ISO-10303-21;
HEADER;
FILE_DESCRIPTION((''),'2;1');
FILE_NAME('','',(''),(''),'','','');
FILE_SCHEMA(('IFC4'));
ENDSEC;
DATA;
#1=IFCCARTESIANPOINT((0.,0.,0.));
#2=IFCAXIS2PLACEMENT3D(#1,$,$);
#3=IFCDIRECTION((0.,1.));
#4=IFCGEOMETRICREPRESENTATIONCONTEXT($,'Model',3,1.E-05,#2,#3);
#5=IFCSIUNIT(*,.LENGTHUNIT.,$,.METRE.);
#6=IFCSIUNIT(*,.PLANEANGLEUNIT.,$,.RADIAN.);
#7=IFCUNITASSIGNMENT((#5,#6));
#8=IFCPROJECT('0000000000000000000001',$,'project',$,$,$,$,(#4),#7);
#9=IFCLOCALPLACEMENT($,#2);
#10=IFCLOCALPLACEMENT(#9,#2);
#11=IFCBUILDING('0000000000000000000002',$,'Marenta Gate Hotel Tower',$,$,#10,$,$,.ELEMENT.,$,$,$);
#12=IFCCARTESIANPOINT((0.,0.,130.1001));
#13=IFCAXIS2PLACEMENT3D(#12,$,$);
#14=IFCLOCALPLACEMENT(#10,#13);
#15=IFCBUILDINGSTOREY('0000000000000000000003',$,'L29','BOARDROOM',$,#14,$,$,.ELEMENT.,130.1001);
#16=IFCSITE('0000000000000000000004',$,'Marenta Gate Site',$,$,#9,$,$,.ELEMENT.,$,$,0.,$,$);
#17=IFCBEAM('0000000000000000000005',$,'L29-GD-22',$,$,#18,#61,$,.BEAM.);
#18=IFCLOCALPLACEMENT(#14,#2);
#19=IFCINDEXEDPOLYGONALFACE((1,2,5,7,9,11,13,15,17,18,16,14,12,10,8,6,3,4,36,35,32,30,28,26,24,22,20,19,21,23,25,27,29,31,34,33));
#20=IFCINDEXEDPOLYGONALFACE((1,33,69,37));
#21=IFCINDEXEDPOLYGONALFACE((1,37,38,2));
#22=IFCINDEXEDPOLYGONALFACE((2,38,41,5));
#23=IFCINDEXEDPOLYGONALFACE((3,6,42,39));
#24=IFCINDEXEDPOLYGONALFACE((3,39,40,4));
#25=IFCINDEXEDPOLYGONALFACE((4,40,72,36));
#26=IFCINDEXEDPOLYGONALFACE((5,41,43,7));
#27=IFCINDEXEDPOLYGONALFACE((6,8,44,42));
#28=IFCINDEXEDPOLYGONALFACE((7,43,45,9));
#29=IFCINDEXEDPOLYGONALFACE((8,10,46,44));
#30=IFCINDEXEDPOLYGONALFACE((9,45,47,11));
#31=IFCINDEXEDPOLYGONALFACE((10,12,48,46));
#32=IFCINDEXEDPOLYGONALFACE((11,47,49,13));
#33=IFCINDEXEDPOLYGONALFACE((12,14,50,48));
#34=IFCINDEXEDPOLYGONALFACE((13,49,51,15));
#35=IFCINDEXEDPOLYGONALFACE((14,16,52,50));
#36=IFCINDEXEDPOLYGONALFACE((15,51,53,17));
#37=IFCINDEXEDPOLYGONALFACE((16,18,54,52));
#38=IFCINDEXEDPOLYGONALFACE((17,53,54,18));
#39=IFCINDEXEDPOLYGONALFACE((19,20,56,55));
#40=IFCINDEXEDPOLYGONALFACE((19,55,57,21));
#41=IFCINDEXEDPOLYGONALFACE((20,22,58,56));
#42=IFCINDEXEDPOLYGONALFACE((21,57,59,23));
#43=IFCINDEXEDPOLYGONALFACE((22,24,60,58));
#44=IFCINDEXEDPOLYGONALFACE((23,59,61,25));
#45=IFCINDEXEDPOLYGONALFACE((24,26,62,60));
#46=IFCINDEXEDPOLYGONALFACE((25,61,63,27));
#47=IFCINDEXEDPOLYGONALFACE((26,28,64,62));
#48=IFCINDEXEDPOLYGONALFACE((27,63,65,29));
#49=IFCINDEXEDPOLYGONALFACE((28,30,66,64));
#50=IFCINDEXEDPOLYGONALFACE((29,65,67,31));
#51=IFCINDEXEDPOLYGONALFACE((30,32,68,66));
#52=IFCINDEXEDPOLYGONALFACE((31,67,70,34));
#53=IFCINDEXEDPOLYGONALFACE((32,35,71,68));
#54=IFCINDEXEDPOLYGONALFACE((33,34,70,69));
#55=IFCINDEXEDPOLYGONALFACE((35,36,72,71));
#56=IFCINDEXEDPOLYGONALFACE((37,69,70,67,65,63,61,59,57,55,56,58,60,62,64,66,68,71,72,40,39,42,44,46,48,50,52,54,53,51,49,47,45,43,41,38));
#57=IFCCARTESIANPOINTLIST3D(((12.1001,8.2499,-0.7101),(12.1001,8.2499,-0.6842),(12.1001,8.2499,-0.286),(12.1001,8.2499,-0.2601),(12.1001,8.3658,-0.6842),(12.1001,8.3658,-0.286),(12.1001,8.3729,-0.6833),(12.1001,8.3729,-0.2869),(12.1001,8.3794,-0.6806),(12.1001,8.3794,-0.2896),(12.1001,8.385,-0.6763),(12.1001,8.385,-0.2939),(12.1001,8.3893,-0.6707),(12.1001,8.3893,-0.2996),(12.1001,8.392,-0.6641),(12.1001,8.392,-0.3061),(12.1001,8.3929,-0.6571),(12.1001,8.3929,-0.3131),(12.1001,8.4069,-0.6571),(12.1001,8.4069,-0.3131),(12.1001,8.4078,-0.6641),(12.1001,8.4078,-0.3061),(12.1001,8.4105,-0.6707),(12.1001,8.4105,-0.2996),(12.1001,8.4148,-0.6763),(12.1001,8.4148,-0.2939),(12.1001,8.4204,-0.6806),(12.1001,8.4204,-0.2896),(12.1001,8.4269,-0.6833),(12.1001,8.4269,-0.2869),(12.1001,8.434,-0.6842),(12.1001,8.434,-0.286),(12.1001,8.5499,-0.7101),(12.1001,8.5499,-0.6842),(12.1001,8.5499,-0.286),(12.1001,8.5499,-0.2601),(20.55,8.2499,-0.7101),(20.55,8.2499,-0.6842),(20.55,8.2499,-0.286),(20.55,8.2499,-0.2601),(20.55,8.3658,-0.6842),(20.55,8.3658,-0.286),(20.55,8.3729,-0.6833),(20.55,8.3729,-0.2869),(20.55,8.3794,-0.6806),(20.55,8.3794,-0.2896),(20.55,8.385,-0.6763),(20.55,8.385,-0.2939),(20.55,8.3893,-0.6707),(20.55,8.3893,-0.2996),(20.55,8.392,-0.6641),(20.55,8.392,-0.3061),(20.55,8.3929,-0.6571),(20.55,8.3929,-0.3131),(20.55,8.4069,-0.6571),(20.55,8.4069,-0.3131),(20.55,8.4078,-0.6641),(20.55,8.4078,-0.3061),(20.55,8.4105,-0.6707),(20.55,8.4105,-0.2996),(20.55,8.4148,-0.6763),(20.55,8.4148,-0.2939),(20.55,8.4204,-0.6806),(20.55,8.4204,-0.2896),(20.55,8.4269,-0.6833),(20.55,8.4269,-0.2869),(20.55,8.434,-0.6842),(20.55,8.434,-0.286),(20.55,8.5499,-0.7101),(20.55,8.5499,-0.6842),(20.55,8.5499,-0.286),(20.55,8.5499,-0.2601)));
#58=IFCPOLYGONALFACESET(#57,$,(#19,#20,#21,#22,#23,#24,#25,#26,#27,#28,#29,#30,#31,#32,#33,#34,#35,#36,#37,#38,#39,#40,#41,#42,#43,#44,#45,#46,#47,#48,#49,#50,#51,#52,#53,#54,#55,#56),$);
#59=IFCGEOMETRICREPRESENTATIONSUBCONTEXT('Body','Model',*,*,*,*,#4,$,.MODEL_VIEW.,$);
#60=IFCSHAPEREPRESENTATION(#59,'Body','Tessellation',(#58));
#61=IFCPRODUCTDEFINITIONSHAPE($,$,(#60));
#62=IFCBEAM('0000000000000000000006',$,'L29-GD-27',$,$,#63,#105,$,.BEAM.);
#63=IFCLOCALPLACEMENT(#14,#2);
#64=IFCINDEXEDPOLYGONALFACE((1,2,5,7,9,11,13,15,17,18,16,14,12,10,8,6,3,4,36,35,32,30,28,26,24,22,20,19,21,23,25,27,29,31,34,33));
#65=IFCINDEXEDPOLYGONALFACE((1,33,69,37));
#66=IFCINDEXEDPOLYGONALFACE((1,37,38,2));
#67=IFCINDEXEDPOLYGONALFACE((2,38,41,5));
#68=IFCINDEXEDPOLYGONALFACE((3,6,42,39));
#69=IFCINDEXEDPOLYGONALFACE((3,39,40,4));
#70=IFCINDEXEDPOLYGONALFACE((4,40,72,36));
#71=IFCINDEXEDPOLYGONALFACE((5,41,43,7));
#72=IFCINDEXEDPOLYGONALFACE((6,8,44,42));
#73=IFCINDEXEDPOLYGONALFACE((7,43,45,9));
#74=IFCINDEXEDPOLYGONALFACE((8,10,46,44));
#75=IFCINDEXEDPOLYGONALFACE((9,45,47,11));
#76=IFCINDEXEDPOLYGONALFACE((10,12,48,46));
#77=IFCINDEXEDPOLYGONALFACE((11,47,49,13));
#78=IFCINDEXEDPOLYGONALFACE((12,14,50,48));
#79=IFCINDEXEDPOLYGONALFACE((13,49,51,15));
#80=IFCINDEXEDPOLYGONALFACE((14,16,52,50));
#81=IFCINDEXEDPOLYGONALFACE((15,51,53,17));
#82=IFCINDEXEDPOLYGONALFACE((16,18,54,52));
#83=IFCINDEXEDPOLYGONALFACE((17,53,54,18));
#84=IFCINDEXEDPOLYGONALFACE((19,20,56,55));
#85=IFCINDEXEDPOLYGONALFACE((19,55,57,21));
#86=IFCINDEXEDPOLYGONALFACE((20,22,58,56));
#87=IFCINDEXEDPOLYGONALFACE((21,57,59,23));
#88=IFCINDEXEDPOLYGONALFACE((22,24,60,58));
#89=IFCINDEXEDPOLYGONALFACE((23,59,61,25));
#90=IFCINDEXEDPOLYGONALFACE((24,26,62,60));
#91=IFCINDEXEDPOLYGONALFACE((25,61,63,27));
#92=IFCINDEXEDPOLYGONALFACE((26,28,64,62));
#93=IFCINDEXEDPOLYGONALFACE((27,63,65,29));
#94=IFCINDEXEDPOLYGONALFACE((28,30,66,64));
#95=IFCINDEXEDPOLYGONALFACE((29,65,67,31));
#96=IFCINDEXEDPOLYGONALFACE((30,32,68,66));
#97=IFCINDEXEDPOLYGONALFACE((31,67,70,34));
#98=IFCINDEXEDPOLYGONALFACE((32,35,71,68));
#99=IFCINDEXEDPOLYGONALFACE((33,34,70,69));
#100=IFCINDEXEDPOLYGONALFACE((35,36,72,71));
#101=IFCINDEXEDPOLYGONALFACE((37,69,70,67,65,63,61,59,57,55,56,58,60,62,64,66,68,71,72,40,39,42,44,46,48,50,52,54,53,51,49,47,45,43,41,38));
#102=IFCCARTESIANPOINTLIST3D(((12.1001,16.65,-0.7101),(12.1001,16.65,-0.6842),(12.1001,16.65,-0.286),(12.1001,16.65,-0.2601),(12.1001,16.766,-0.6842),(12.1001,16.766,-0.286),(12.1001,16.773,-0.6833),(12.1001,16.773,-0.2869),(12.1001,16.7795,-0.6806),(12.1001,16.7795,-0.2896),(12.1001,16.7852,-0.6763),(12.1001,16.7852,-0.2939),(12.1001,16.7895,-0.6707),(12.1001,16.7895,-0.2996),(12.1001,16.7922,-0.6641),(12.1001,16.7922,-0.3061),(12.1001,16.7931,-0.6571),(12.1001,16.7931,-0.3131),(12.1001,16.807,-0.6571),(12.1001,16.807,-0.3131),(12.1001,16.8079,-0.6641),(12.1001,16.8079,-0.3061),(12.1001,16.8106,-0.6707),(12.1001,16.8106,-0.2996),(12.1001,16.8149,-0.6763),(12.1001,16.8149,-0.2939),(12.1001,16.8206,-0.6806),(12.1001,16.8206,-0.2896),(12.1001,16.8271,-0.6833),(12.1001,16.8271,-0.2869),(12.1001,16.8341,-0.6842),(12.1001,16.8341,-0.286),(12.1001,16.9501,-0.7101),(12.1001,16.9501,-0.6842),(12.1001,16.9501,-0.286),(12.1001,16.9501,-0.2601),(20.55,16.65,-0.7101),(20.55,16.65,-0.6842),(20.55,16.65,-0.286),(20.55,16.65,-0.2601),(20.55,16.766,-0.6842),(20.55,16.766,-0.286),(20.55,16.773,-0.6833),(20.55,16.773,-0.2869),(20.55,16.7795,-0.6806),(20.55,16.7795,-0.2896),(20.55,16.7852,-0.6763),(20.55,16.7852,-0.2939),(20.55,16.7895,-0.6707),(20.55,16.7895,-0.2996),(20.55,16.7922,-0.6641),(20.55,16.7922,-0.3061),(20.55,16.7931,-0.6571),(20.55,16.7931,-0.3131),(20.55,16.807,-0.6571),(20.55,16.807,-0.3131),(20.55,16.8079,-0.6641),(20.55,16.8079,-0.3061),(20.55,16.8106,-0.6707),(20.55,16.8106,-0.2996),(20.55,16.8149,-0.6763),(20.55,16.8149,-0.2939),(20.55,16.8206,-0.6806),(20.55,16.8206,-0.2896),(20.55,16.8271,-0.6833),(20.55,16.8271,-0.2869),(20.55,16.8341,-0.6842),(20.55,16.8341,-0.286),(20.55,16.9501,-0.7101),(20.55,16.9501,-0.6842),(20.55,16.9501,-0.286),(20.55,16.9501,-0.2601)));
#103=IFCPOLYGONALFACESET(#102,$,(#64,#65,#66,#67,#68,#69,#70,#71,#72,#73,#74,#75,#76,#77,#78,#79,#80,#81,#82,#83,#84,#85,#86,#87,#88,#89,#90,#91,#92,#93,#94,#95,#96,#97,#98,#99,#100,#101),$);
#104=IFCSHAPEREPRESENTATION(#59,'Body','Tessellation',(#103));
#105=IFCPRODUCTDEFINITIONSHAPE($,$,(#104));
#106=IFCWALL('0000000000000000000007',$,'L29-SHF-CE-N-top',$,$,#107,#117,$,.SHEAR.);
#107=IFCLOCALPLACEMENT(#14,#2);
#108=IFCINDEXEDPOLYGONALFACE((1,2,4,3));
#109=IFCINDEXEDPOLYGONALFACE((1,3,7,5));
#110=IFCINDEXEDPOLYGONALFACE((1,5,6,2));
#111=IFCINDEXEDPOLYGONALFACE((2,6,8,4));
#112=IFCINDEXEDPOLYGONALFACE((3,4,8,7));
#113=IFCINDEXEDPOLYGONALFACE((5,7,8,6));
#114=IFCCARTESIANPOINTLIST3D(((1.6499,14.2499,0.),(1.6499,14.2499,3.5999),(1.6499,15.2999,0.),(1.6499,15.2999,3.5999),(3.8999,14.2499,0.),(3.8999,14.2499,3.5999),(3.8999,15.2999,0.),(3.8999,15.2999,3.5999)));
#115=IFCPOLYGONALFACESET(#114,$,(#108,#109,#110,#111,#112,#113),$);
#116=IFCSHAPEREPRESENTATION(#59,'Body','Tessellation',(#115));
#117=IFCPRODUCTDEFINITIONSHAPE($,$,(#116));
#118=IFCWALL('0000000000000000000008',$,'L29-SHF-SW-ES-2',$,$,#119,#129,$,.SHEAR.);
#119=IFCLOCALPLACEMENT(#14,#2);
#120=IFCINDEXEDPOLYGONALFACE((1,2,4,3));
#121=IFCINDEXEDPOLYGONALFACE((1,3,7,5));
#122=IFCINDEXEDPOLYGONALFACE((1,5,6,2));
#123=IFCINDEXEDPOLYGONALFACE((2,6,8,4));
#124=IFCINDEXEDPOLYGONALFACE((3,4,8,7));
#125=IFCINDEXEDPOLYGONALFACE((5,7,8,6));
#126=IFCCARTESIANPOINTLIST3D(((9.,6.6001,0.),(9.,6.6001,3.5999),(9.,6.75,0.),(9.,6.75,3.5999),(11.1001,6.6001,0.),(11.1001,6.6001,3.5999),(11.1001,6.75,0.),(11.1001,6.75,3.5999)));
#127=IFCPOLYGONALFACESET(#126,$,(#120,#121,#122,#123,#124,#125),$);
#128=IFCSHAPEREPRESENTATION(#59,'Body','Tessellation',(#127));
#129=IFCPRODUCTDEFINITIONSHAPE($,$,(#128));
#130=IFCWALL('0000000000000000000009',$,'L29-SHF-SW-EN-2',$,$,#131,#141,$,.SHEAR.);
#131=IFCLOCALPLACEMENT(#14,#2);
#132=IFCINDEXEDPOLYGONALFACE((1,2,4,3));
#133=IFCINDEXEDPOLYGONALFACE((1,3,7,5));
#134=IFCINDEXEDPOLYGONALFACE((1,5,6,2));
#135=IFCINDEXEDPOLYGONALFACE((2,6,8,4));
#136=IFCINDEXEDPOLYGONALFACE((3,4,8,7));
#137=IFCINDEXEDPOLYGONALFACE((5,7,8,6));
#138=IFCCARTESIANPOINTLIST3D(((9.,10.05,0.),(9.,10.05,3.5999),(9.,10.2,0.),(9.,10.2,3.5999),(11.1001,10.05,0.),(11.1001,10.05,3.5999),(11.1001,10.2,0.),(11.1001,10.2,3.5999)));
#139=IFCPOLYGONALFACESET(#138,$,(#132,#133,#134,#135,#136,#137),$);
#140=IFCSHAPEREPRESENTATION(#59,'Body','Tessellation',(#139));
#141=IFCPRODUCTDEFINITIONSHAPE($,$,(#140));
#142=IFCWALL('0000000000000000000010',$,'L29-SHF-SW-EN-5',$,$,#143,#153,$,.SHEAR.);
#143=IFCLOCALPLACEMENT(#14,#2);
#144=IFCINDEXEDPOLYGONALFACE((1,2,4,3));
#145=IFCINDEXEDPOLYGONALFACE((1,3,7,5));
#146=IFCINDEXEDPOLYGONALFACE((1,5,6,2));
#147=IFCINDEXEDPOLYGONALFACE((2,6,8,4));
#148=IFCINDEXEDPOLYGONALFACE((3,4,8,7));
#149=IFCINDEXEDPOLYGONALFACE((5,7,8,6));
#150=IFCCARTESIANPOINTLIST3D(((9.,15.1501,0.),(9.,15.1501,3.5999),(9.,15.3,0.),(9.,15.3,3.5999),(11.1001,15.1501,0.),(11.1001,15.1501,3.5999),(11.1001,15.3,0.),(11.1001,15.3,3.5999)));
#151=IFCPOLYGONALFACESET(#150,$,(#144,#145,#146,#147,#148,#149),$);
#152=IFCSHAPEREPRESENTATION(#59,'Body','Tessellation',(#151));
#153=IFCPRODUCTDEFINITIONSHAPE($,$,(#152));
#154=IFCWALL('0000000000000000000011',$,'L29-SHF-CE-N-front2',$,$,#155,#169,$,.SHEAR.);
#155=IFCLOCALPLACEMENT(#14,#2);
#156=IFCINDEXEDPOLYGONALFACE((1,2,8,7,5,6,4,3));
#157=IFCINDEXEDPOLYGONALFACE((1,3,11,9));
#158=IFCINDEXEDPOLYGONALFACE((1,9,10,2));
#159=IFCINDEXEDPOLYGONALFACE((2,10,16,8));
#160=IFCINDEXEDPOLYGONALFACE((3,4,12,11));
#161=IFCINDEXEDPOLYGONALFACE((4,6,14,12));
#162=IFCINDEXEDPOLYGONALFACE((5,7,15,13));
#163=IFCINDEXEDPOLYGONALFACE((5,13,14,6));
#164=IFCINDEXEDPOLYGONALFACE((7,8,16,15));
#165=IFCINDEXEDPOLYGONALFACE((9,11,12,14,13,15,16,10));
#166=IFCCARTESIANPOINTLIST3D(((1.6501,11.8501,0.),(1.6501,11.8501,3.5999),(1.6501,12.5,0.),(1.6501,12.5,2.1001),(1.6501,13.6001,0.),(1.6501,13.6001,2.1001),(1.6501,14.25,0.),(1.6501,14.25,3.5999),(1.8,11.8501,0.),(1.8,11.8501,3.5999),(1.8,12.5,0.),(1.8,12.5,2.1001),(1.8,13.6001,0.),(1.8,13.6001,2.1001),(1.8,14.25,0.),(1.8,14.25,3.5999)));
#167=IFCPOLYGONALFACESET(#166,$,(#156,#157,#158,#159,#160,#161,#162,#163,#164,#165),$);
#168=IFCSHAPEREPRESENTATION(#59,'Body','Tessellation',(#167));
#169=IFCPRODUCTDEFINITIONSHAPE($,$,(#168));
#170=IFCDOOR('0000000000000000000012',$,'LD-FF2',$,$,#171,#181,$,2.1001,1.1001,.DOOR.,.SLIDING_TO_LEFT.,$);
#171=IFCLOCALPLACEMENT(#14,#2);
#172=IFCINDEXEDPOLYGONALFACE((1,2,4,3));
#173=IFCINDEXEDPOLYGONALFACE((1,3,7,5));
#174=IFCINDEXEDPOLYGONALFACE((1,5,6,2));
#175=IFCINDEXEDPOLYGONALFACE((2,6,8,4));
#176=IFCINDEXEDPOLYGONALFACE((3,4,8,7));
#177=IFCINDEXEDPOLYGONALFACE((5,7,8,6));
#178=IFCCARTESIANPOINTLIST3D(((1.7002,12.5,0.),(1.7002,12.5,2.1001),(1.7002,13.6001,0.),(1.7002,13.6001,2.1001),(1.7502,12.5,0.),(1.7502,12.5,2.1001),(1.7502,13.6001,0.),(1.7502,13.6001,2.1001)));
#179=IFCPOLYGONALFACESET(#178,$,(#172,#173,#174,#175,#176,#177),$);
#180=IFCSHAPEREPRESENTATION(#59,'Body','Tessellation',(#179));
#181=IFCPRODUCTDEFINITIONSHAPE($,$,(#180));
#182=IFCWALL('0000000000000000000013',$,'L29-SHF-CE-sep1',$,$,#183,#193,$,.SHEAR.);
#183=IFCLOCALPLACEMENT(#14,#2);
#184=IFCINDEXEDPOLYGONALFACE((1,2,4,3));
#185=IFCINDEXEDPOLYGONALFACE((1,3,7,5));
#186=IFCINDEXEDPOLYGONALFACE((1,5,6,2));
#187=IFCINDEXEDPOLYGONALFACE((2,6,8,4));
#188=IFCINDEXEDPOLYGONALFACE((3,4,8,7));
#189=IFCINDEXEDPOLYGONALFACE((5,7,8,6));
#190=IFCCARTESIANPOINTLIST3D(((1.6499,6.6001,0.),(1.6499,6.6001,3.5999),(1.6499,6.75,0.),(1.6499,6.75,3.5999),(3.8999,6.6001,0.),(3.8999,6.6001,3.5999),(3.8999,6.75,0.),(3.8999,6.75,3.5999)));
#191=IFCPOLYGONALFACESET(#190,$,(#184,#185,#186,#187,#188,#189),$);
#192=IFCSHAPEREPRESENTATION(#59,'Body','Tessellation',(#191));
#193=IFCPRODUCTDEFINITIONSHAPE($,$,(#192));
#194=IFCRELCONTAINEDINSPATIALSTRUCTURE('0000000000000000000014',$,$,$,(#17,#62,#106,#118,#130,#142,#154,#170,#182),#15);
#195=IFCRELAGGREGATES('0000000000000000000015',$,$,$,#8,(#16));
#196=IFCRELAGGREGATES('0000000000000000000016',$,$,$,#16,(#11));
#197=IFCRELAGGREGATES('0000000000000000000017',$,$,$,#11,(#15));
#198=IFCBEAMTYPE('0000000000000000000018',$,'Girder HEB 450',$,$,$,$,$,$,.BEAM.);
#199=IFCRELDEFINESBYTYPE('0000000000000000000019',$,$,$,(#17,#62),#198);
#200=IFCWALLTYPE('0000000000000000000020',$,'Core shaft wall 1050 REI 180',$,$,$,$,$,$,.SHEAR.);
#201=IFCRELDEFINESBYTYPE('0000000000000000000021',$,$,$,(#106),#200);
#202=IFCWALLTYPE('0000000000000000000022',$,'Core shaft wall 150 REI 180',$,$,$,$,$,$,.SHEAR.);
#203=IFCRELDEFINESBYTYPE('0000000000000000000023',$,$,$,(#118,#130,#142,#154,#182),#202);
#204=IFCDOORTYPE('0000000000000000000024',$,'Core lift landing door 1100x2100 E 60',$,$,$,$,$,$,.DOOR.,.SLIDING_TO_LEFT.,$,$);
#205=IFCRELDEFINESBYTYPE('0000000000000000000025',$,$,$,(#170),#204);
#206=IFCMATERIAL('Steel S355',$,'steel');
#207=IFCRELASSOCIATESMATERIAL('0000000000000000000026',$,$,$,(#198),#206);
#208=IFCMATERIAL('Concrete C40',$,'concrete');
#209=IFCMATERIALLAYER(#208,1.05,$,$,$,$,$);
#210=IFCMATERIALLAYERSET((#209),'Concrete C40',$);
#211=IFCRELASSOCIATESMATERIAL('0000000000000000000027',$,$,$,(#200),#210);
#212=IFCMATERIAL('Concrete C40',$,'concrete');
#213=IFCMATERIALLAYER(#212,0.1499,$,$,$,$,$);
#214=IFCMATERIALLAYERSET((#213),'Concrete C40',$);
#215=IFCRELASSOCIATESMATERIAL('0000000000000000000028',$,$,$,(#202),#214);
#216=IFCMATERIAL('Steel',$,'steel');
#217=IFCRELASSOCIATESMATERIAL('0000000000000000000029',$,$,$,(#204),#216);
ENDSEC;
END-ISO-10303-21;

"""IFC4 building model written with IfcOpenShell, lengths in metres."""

from ifc_helpers import new_model, si_unit, direction, frame, frame_2d, origin, origin_2d, place, context, subcontext, project, spatial, rectangle, i_section, extrude, material, layer, layer_set, material_profile, profile_set, type_object, element, fill, save


model = new_model("IFC4")

# Units and contexts
model_context = context("Model", 3, precision=1e-05, world=origin(), true_north=direction((0.0, 1.0)))
body_context = subcontext(model_context, "Body", "Model", "MODEL_VIEW")
ifc_project = project(units=[si_unit("LENGTHUNIT", "METRE"), si_unit("PLANEANGLEUNIT", "RADIAN")], contexts=[model_context])

# Site, building, storey
site_placement = place(None, origin())
site = spatial("IfcSite", under=ifc_project, at=site_placement, Name="Marenta Gate Site", CompositionType="ELEMENT", RefElevation=0.0)
building_placement = place(site_placement, origin())
building = spatial("IfcBuilding", under=site, at=building_placement, Name="Marenta Gate Hotel Tower", CompositionType="ELEMENT")
storey_placement = place(building_placement, frame((0.0, 0.0, 130.1001)))
storey = spatial("IfcBuildingStorey", under=building, at=storey_placement, Name="L29", Description="BOARDROOM", CompositionType="ELEMENT", Elevation=130.1001)

# Beams
ifc_material_1 = material(Name="Steel S355", Category="steel")
ifc_material_profile = material_profile(ifc_material_1, i_section(OverallWidth=0.3, OverallDepth=0.45, WebThickness=0.0139, FlangeThickness=0.0259, FilletRadius=0.0271, at=origin_2d()), Name="HEB 450")
ifc_profile_set = profile_set([ifc_material_profile], Name="Steel S355")
beam_type = type_object("IfcBeamType", Name="Girder HEB 450", PredefinedType="BEAM", material=ifc_profile_set)
for number, where, z_axis, x_axis, name in (
    (1, (12.1001, 8.3999, -0.4851), (1.0, 0.0, 0.0), (0.0, 1.0, 0.0), "L29-GD-22"),
    (2, (12.1001, 16.8, -0.4851), (1.0, 0.0, 0.0), (0.0, 1.0, 0.0), "L29-GD-27"),
):
    element("IfcBeam", number, at=place(storey_placement, frame(where, z_axis=z_axis, x_axis=x_axis)), inside=storey, type_object=beam_type, Name=name, PredefinedType="BEAM", context=body_context, shape_type="SweptSolid", body=[
        extrude(i_section(OverallWidth=0.3, OverallDepth=0.45, WebThickness=0.0139, FlangeThickness=0.0259, FilletRadius=0.0271, at=origin_2d()), origin(), (0.0, 0.0, 1.0), 8.45),
    ])

# Walls
ifc_material_2 = material(Name="Concrete C40", Category="concrete")
ifc_layer_1 = layer(ifc_material_2, 1.05)
ifc_layer_set_1 = layer_set([ifc_layer_1], Name="Concrete C40")
wall_type_1 = type_object("IfcWallType", Name="Core shaft wall 1050 REI 180", PredefinedType="SHEAR", material=ifc_layer_set_1)
wall_1_placement = place(storey_placement, frame((1.6499, 14.7749, 0.0), z_axis=(0.0, 0.0, 1.0), x_axis=(1.0, 0.0, 0.0)))
element("IfcWall", 3, at=wall_1_placement, inside=storey, type_object=wall_type_1, Name="L29-SHF-CE-N-top", PredefinedType="SHEAR", context=body_context, shape_type="SweptSolid", body=[
    extrude(rectangle(XDim=2.25, YDim=1.05, at=frame_2d((1.125, 0.0))), origin(), (0.0, 0.0, 1.0), 3.5999),
])
ifc_material_3 = material(Name="Concrete C40", Category="concrete")
ifc_layer_2 = layer(ifc_material_3, 0.1499)
ifc_layer_set_2 = layer_set([ifc_layer_2], Name="Concrete C40")
wall_type_2 = type_object("IfcWallType", Name="Core shaft wall 150 REI 180", PredefinedType="SHEAR", material=ifc_layer_set_2)
for number, where, z_axis, x_axis, name in (
    (4, (9.0, 6.675, 0.0), (0.0, 0.0, 1.0), (1.0, 0.0, 0.0), "L29-SHF-SW-ES-2"),
    (5, (9.0, 10.125, 0.0), (0.0, 0.0, 1.0), (1.0, 0.0, 0.0), "L29-SHF-SW-EN-2"),
    (6, (9.0, 15.2251, 0.0), (0.0, 0.0, 1.0), (1.0, 0.0, 0.0), "L29-SHF-SW-EN-5"),
):
    element("IfcWall", number, at=place(storey_placement, frame(where, z_axis=z_axis, x_axis=x_axis)), inside=storey, type_object=wall_type_2, Name=name, PredefinedType="SHEAR", context=body_context, shape_type="SweptSolid", body=[
        extrude(rectangle(XDim=2.1001, YDim=0.1499, at=frame_2d((1.05, 0.0))), origin(), (0.0, 0.0, 1.0), 3.5999),
    ])

# Wall, opening, door
wall_2_placement = place(storey_placement, frame((1.7251, 11.8501, 0.0), z_axis=(0.0, 0.0, 1.0), x_axis=(0.0, 1.0, 0.0)))
wall_2 = element("IfcWall", 7, at=wall_2_placement, inside=storey, type_object=wall_type_2, Name="L29-SHF-CE-N-front2", PredefinedType="SHEAR", context=body_context, shape_type="SweptSolid", body=[
    extrude(rectangle(XDim=2.3999, YDim=0.1499, at=frame_2d((1.2, 0.0))), origin(), (0.0, 0.0, 1.0), 3.5999),
])
opening_1_placement = place(wall_2_placement, frame((0.6499, 0.0, 0.0)))
opening_1 = element("IfcOpeningElement", 8, at=opening_1_placement, cuts=wall_2, PredefinedType="OPENING", context=body_context, shape_type="SweptSolid", body=[
    extrude(rectangle(XDim=1.1001, YDim=2.1001, at=frame_2d((0.55, 1.05))), frame((0.0, 0.075, 0.0), z_axis=(0.0, -1.0, 0.0), x_axis=(1.0, 0.0, 0.0)), (0.0, 0.0, 1.0), 0.1499),
])
ifc_material_4 = material(Name="Steel", Category="steel")
door_type_1 = type_object("IfcDoorType", Name="Core lift landing door 1100x2100 E 60", OperationType="SLIDING_TO_LEFT", PredefinedType="DOOR", material=ifc_material_4)
door_1_placement = place(opening_1_placement, origin())
door_1 = element("IfcDoor", 9, at=door_1_placement, inside=storey, type_object=door_type_1, Name="LD-FF2", OperationType="SLIDING_TO_LEFT", OverallHeight=2.1001, OverallWidth=1.1001, PredefinedType="DOOR", context=body_context, shape_type="SweptSolid", body=[
    extrude(rectangle(XDim=1.1001, YDim=2.1001, at=frame_2d((0.55, 1.05))), frame((0.0, 0.0249, 0.0), z_axis=(0.0, -1.0, 0.0), x_axis=(1.0, 0.0, 0.0)), (0.0, 0.0, 1.0), 0.05),
])
fill(opening_1, door_1)

# Wall
for number, where, z_axis, x_axis, name in (
    (10, (1.6499, 6.675, 0.0), (0.0, 0.0, 1.0), (1.0, 0.0, 0.0), "L29-SHF-CE-sep1"),
):
    element("IfcWall", number, at=place(storey_placement, frame(where, z_axis=z_axis, x_axis=x_axis)), inside=storey, type_object=wall_type_2, Name=name, PredefinedType="SHEAR", context=body_context, shape_type="SweptSolid", body=[
        extrude(rectangle(XDim=2.25, YDim=0.1499, at=frame_2d((1.125, 0.0))), origin(), (0.0, 0.0, 1.0), 3.5999),
    ])

save(model, "model.ifc")
